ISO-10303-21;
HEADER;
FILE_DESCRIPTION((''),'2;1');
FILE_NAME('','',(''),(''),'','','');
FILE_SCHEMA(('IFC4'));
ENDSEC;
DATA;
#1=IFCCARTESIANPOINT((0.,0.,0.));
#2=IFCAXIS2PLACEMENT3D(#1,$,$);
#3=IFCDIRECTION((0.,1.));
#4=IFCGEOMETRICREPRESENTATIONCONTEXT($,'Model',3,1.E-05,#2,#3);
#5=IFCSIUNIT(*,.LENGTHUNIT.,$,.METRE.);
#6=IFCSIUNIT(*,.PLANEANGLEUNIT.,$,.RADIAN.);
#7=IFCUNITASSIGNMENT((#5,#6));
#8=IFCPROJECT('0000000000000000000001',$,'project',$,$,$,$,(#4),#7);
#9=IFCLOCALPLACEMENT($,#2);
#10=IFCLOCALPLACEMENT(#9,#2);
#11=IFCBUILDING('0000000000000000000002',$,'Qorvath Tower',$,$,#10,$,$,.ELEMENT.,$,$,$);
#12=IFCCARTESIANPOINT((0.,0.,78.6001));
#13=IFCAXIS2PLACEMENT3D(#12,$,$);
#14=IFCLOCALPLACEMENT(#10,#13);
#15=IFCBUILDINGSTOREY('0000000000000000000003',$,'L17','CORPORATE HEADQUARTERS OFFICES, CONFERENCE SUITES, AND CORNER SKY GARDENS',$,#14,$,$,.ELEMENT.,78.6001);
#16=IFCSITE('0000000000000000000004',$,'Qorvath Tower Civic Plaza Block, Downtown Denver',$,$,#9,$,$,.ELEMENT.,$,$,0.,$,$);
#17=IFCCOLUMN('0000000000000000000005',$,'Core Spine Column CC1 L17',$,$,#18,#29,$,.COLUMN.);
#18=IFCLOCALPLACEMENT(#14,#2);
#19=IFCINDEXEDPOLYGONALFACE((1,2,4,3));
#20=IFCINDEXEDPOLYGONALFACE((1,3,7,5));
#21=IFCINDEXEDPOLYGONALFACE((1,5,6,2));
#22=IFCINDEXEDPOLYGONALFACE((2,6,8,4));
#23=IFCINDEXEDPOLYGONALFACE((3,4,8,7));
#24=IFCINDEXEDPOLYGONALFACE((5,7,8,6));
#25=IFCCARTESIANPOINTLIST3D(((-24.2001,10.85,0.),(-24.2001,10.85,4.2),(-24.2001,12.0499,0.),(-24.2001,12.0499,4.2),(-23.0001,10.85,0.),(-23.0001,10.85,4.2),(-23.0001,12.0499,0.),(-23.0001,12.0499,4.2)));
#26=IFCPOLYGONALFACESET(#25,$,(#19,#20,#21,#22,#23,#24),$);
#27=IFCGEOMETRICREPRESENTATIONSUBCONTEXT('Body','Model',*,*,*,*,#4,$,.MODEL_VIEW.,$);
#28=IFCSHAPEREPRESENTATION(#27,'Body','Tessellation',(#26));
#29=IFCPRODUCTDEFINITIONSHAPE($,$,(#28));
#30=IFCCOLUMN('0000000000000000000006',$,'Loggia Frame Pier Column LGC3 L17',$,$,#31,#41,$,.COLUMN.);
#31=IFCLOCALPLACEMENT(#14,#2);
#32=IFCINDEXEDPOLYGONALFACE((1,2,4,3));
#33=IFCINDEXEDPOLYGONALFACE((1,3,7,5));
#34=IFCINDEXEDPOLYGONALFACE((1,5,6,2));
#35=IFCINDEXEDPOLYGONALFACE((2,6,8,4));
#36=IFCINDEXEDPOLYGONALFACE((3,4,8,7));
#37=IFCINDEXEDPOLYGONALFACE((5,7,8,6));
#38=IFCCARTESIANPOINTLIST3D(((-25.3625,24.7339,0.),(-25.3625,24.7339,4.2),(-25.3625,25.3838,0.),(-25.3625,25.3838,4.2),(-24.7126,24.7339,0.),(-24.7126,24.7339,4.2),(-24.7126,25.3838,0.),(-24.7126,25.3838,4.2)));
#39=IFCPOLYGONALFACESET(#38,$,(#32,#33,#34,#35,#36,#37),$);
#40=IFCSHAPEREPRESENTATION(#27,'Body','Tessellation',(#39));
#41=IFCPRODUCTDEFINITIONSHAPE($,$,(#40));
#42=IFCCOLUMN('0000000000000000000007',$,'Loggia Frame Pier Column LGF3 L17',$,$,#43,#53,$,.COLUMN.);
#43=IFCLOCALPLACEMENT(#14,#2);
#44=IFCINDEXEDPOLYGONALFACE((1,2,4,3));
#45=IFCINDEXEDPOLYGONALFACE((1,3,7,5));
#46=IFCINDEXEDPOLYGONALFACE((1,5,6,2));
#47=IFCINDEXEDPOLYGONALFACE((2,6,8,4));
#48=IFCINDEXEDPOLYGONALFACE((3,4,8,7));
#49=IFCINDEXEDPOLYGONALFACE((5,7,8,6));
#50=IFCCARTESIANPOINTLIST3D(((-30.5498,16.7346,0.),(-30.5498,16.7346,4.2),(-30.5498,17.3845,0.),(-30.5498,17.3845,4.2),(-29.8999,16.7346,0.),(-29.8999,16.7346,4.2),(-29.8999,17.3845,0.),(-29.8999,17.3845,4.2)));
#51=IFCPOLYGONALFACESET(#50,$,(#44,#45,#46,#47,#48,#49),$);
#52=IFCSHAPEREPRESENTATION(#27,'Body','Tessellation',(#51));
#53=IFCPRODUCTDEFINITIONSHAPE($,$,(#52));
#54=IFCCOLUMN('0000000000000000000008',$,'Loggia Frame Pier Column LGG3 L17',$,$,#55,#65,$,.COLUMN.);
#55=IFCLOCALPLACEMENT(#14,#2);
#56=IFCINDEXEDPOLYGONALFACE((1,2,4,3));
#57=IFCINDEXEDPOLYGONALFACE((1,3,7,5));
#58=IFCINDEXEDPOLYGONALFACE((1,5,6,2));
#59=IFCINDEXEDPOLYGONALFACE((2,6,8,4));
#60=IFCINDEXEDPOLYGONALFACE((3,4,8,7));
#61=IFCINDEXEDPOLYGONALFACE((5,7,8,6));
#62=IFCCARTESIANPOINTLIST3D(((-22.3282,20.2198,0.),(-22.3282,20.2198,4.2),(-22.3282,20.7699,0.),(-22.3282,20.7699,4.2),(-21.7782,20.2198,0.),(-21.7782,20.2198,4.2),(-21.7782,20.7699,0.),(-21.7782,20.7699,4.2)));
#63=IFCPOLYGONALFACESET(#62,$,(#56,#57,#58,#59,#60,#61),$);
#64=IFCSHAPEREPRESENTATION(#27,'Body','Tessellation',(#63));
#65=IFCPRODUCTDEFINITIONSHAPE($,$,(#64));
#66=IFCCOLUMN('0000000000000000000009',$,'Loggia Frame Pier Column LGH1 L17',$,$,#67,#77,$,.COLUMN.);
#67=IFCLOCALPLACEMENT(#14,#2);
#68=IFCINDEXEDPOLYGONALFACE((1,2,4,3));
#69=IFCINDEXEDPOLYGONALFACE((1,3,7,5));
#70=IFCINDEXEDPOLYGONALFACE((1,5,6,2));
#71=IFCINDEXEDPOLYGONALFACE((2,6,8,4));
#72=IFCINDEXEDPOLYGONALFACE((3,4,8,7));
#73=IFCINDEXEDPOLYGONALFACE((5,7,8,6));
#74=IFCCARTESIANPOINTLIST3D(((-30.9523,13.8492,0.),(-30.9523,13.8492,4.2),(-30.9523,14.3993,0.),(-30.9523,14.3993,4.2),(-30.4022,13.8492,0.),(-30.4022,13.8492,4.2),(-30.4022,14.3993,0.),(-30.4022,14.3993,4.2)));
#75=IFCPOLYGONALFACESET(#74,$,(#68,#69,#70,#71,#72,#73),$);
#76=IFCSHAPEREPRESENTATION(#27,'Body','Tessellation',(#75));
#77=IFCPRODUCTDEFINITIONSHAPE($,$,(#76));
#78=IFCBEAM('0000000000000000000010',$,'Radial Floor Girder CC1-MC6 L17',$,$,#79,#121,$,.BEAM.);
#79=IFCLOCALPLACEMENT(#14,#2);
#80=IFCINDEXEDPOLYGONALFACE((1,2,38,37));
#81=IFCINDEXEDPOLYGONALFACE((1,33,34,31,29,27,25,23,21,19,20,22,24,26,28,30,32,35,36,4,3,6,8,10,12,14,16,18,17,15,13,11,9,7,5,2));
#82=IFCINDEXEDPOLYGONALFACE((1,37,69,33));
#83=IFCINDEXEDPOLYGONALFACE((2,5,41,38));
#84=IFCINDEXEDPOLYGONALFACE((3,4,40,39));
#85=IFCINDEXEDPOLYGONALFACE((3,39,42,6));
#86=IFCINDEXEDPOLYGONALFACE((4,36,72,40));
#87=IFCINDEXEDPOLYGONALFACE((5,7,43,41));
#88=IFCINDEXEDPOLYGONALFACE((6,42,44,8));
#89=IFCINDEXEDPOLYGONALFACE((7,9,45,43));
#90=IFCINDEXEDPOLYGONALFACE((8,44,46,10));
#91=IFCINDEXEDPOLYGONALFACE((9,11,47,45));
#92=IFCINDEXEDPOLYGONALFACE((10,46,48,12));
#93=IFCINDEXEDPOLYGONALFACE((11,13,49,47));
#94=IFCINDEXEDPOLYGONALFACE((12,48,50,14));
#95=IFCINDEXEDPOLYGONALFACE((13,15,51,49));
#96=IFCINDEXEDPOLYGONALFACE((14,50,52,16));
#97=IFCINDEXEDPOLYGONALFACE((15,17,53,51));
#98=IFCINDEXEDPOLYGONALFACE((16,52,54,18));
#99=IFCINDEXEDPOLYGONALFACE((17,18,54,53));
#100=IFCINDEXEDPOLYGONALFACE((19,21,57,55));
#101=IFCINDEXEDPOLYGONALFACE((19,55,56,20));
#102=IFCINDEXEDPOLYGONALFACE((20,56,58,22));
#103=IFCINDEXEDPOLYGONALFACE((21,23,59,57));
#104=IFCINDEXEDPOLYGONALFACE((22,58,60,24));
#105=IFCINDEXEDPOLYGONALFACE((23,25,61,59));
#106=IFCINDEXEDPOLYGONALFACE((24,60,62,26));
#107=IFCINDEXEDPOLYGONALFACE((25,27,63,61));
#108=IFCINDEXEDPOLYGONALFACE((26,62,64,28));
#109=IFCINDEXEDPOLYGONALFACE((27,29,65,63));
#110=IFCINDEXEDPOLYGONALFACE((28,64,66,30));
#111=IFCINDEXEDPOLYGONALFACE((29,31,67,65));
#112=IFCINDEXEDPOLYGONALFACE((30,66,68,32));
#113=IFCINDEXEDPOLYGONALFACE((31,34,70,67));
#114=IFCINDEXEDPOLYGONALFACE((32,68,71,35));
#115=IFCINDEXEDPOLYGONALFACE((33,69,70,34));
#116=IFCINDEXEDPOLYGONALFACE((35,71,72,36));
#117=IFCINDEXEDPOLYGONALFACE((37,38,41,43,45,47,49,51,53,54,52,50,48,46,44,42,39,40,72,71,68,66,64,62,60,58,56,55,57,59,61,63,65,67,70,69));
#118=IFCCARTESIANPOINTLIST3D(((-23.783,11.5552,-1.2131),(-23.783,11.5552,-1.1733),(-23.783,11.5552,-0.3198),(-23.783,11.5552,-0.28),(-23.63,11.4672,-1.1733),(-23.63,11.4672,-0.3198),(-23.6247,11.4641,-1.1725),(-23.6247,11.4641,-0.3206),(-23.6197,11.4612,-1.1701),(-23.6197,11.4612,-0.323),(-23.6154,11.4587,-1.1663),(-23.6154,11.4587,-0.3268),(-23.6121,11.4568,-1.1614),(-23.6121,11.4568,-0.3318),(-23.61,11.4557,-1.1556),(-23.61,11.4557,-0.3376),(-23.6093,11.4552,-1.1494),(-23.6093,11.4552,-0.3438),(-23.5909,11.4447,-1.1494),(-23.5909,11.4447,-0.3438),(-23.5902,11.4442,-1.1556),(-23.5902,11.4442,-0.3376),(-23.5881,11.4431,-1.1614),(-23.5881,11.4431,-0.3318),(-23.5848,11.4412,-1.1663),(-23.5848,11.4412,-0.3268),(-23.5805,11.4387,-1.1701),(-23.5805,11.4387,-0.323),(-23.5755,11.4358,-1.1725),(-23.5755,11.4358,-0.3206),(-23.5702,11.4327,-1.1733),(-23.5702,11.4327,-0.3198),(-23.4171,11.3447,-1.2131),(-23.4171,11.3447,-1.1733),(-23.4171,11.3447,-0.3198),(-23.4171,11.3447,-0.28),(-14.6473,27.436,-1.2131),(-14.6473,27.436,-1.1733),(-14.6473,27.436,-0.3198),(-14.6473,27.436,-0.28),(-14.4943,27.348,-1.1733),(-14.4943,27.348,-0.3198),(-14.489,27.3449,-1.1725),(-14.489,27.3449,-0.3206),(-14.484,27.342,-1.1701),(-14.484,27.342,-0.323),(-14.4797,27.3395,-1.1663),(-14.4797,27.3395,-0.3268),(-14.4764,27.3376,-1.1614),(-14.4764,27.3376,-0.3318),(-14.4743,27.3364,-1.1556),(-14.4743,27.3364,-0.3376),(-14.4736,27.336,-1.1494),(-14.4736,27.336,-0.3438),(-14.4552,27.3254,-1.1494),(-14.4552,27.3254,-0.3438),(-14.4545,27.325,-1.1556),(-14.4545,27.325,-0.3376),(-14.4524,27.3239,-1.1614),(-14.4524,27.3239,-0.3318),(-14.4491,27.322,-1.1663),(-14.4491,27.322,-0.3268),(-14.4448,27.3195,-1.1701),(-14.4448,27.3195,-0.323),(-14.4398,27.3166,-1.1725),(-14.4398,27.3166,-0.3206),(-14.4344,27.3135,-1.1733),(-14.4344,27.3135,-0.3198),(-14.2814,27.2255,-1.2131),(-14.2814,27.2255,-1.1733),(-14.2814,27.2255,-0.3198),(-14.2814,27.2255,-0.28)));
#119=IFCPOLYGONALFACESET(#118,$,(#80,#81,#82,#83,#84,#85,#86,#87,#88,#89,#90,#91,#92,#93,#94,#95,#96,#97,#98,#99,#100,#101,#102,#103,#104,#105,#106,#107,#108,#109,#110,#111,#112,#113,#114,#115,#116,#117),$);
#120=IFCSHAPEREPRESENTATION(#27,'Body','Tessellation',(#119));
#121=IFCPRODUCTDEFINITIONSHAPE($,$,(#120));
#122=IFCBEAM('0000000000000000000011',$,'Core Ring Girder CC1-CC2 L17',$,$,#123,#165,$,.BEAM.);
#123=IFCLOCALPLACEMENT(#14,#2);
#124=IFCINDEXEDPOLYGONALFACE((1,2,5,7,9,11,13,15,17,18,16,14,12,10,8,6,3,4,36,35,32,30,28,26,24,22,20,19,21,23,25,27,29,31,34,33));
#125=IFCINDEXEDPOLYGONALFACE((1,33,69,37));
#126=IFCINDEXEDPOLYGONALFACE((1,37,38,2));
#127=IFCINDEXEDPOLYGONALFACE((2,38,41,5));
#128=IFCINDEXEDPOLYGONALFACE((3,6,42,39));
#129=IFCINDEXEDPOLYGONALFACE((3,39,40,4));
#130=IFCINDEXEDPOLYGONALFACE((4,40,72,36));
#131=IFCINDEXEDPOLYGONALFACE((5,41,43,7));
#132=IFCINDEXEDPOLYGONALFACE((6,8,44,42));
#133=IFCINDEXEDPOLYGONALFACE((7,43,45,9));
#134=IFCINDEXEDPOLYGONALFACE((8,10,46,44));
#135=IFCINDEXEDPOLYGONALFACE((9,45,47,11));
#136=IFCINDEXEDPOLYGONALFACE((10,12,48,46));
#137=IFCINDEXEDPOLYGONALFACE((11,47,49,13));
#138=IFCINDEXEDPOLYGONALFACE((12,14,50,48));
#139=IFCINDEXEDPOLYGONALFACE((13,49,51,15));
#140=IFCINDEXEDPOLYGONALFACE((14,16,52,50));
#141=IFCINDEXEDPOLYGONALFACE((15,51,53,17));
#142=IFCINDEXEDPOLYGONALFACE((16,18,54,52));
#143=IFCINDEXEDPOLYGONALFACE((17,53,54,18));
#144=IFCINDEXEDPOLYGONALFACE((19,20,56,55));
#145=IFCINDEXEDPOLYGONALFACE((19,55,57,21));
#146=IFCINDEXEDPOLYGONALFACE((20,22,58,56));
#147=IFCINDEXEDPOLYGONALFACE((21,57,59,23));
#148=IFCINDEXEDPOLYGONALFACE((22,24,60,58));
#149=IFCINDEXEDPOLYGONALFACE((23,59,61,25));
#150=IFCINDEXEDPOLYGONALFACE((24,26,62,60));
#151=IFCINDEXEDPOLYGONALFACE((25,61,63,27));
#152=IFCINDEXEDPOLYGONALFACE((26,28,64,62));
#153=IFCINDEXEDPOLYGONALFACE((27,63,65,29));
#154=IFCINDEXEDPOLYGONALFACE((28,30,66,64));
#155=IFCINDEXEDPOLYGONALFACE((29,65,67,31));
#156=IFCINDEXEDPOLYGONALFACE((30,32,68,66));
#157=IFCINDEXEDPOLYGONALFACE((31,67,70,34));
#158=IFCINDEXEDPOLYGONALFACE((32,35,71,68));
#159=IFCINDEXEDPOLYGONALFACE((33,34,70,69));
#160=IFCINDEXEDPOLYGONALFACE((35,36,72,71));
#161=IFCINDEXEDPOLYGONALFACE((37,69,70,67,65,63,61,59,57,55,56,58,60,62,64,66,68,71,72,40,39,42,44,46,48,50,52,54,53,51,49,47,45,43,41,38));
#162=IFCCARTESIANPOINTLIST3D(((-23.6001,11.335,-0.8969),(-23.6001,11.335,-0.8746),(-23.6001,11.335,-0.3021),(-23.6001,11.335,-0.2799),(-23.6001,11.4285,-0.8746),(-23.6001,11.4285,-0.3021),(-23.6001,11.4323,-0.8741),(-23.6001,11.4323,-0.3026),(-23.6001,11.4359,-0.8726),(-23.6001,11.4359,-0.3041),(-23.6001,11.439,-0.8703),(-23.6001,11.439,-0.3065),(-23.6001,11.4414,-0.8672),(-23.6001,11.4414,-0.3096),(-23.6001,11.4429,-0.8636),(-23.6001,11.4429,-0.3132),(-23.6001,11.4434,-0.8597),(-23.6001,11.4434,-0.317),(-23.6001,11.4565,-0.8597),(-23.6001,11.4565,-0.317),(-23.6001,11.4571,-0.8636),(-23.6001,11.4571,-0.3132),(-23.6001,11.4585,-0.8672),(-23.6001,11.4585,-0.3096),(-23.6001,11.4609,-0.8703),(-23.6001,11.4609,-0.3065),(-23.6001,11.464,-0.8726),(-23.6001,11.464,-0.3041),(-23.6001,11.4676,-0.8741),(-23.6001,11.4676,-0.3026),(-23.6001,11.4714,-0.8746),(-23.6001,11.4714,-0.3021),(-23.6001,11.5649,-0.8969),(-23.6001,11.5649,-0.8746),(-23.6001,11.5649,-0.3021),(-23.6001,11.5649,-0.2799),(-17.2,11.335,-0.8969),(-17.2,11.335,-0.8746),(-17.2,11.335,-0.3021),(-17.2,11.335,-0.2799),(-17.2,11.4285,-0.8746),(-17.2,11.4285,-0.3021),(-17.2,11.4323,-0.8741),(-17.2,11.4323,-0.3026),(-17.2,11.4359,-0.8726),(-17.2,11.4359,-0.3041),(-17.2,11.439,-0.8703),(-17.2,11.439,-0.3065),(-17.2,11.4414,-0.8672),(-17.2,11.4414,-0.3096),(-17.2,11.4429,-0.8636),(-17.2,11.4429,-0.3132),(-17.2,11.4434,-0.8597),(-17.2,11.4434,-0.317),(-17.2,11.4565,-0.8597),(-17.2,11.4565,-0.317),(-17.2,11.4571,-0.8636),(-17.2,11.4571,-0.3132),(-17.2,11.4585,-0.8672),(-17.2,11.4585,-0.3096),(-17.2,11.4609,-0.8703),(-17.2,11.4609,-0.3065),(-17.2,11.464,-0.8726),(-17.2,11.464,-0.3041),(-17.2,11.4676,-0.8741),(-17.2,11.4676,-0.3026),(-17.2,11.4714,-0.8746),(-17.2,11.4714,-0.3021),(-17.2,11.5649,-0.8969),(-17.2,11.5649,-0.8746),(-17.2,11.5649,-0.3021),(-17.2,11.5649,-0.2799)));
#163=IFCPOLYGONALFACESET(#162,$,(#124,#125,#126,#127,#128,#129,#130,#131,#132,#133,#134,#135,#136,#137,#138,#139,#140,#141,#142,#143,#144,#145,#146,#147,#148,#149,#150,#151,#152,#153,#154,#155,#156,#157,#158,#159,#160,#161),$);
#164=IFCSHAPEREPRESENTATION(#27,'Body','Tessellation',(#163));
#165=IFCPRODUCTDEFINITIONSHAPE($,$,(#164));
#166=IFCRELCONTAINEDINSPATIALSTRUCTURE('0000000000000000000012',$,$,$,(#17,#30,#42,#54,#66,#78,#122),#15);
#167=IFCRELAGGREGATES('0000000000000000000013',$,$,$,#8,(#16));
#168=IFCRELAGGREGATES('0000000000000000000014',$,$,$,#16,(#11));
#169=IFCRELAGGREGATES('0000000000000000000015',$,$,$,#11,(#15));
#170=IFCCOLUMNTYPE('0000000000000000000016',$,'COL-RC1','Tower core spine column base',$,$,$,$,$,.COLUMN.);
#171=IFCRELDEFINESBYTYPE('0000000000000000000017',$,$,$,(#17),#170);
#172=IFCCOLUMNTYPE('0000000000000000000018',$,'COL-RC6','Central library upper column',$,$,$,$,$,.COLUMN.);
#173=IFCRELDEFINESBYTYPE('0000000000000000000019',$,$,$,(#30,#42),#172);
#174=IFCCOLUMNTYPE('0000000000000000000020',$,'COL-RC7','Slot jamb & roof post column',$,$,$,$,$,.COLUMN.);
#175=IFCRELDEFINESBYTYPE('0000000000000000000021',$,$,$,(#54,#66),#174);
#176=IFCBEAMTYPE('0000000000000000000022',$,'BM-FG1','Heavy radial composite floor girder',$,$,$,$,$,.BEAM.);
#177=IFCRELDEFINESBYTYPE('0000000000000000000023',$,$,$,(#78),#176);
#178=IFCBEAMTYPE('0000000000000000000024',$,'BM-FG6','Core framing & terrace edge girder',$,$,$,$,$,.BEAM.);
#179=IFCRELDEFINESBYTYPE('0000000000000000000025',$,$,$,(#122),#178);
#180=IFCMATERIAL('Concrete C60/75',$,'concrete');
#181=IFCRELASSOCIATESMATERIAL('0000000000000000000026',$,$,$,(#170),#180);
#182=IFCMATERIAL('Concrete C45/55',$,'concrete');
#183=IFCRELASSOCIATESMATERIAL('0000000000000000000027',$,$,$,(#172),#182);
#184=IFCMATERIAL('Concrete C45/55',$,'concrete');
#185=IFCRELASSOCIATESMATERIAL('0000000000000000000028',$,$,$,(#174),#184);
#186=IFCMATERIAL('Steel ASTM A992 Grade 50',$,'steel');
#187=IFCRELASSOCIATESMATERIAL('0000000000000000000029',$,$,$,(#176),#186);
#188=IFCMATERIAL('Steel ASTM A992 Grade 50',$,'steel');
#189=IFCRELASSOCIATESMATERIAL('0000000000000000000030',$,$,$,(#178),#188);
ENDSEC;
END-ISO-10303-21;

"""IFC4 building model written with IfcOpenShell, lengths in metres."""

from ifc_helpers import new_model, si_unit, direction, frame, origin, origin_2d, place, context, subcontext, project, spatial, rectangle, i_section, extrude, material, material_profile, profile_set, type_object, element, save


model = new_model("IFC4")

# Units and contexts
model_context = context("Model", 3, precision=1e-05, world=origin(), true_north=direction((0.0, 1.0)))
body_context = subcontext(model_context, "Body", "Model", "MODEL_VIEW")
ifc_project = project(units=[si_unit("LENGTHUNIT", "METRE"), si_unit("PLANEANGLEUNIT", "RADIAN")], contexts=[model_context])

# Site, building, storey
site_placement = place(None, origin())
site = spatial("IfcSite", under=ifc_project, at=site_placement, Name="Qorvath Tower Civic Plaza Block, Downtown Denver", CompositionType="ELEMENT", RefElevation=0.0)
building_placement = place(site_placement, origin())
building = spatial("IfcBuilding", under=site, at=building_placement, Name="Qorvath Tower", CompositionType="ELEMENT")
storey_placement = place(building_placement, frame((0.0, 0.0, 78.6001)))
storey = spatial("IfcBuildingStorey", under=building, at=storey_placement, Name="L17", Description="CORPORATE HEADQUARTERS OFFICES, CONFERENCE SUITES, AND CORNER SKY GARDENS", CompositionType="ELEMENT", Elevation=78.6001)

# Columns
ifc_material_1 = material(Name="Concrete C60/75", Category="concrete")
ifc_material_profile_1 = material_profile(ifc_material_1, rectangle(XDim=1.2, YDim=1.2, at=origin_2d()), Name="RC 1200x1200")
ifc_profile_set_1 = profile_set([ifc_material_profile_1], Name="Concrete C60/75")
column_type_1 = type_object("IfcColumnType", Name="COL-RC1", Description="Tower core spine column base", PredefinedType="COLUMN", material=ifc_profile_set_1)
column_placement = place(storey_placement, frame((-23.6001, 11.45, 0.0), z_axis=(0.0, 0.0, 1.0), x_axis=(1.0, 0.0, 0.0)))
element("IfcColumn", 1, at=column_placement, inside=storey, type_object=column_type_1, Name="Core Spine Column CC1 L17", PredefinedType="COLUMN", context=body_context, shape_type="SweptSolid", body=[
    extrude(rectangle(XDim=1.2, YDim=1.2, at=origin_2d()), origin(), (0.0, 0.0, 1.0), 4.2),
])
ifc_material_2 = material(Name="Concrete C45/55", Category="concrete")
ifc_material_profile_2 = material_profile(ifc_material_2, rectangle(XDim=0.6499, YDim=0.6499, at=origin_2d()), Name="RC 650x650")
ifc_profile_set_2 = profile_set([ifc_material_profile_2], Name="Concrete C45/55")
column_type_2 = type_object("IfcColumnType", Name="COL-RC6", Description="Central library upper column", PredefinedType="COLUMN", material=ifc_profile_set_2)
for number, where, z_axis, x_axis, name in (
    (2, (-25.0376, 25.0588, 0.0), (0.0, 0.0, 1.0), (1.0, 0.0, 0.0), "Loggia Frame Pier Column LGC3 L17"),
    (3, (-30.2249, 17.0596, 0.0), (0.0, 0.0, 1.0), (1.0, 0.0, 0.0), "Loggia Frame Pier Column LGF3 L17"),
):
    element("IfcColumn", number, at=place(storey_placement, frame(where, z_axis=z_axis, x_axis=x_axis)), inside=storey, type_object=column_type_2, Name=name, PredefinedType="COLUMN", context=body_context, shape_type="SweptSolid", body=[
        extrude(rectangle(XDim=0.6499, YDim=0.6499, at=origin_2d()), origin(), (0.0, 0.0, 1.0), 4.2),
    ])
ifc_material_3 = material(Name="Concrete C45/55", Category="concrete")
ifc_material_profile_3 = material_profile(ifc_material_3, rectangle(XDim=0.55, YDim=0.55, at=origin_2d()), Name="RC 550x550")
ifc_profile_set_3 = profile_set([ifc_material_profile_3], Name="Concrete C45/55")
column_type_3 = type_object("IfcColumnType", Name="COL-RC7", Description="Slot jamb & roof post column", PredefinedType="COLUMN", material=ifc_profile_set_3)
for number, where, z_axis, x_axis, name in (
    (4, (-22.0532, 20.4949, 0.0), (0.0, 0.0, 1.0), (1.0, 0.0, 0.0), "Loggia Frame Pier Column LGG3 L17"),
    (5, (-30.6772, 14.1243, 0.0), (0.0, 0.0, 1.0), (1.0, 0.0, 0.0), "Loggia Frame Pier Column LGH1 L17"),
):
    element("IfcColumn", number, at=place(storey_placement, frame(where, z_axis=z_axis, x_axis=x_axis)), inside=storey, type_object=column_type_3, Name=name, PredefinedType="COLUMN", context=body_context, shape_type="SweptSolid", body=[
        extrude(rectangle(XDim=0.55, YDim=0.55, at=origin_2d()), origin(), (0.0, 0.0, 1.0), 4.2),
    ])

# Beams
ifc_material_4 = material(Name="Steel ASTM A992 Grade 50", Category="steel")
ifc_material_profile_4 = material_profile(ifc_material_4, i_section(OverallWidth=0.4221, OverallDepth=0.9331, WebThickness=0.0212, FlangeThickness=0.0398, FilletRadius=0.0239, at=origin_2d()), Name="W36x262")
ifc_profile_set_4 = profile_set([ifc_material_profile_4], Name="Steel ASTM A992 Grade 50")
beam_type_1 = type_object("IfcBeamType", Name="BM-FG1", Description="Heavy radial composite floor girder", PredefinedType="BEAM", material=ifc_profile_set_4)
beam_1_placement = place(storey_placement, frame((-23.6001, 11.45, -0.7466), z_axis=(0.498645, 0.866806, 0.0), x_axis=(-0.866806, 0.498645, 0.0)))
element("IfcBeam", 6, at=beam_1_placement, inside=storey, type_object=beam_type_1, Name="Radial Floor Girder CC1-MC6 L17", PredefinedType="BEAM", context=body_context, shape_type="SweptSolid", body=[
    extrude(i_section(OverallWidth=0.4221, OverallDepth=0.9331, WebThickness=0.0212, FlangeThickness=0.0398, FilletRadius=0.0239, at=origin_2d()), origin(), (0.0, 0.0, 1.0), 18.321),
])
ifc_material_5 = material(Name="Steel ASTM A992 Grade 50", Category="steel")
ifc_material_profile_5 = material_profile(ifc_material_5, i_section(OverallWidth=0.23, OverallDepth=0.6169, WebThickness=0.0132, FlangeThickness=0.0222, FilletRadius=0.0149, at=origin_2d()), Name="W24x94")
ifc_profile_set_5 = profile_set([ifc_material_profile_5], Name="Steel ASTM A992 Grade 50")
beam_type_2 = type_object("IfcBeamType", Name="BM-FG6", Description="Core framing & terrace edge girder", PredefinedType="BEAM", material=ifc_profile_set_5)
beam_2_placement = place(storey_placement, frame((-23.6001, 11.45, -0.5884), z_axis=(1.0, 0.0, 0.0), x_axis=(0.0, 1.0, 0.0)))
element("IfcBeam", 7, at=beam_2_placement, inside=storey, type_object=beam_type_2, Name="Core Ring Girder CC1-CC2 L17", PredefinedType="BEAM", context=body_context, shape_type="SweptSolid", body=[
    extrude(i_section(OverallWidth=0.23, OverallDepth=0.6169, WebThickness=0.0132, FlangeThickness=0.0222, FilletRadius=0.0149, at=origin_2d()), origin(), (0.0, 0.0, 1.0), 6.4001),
])

save(model, "model.ifc")
